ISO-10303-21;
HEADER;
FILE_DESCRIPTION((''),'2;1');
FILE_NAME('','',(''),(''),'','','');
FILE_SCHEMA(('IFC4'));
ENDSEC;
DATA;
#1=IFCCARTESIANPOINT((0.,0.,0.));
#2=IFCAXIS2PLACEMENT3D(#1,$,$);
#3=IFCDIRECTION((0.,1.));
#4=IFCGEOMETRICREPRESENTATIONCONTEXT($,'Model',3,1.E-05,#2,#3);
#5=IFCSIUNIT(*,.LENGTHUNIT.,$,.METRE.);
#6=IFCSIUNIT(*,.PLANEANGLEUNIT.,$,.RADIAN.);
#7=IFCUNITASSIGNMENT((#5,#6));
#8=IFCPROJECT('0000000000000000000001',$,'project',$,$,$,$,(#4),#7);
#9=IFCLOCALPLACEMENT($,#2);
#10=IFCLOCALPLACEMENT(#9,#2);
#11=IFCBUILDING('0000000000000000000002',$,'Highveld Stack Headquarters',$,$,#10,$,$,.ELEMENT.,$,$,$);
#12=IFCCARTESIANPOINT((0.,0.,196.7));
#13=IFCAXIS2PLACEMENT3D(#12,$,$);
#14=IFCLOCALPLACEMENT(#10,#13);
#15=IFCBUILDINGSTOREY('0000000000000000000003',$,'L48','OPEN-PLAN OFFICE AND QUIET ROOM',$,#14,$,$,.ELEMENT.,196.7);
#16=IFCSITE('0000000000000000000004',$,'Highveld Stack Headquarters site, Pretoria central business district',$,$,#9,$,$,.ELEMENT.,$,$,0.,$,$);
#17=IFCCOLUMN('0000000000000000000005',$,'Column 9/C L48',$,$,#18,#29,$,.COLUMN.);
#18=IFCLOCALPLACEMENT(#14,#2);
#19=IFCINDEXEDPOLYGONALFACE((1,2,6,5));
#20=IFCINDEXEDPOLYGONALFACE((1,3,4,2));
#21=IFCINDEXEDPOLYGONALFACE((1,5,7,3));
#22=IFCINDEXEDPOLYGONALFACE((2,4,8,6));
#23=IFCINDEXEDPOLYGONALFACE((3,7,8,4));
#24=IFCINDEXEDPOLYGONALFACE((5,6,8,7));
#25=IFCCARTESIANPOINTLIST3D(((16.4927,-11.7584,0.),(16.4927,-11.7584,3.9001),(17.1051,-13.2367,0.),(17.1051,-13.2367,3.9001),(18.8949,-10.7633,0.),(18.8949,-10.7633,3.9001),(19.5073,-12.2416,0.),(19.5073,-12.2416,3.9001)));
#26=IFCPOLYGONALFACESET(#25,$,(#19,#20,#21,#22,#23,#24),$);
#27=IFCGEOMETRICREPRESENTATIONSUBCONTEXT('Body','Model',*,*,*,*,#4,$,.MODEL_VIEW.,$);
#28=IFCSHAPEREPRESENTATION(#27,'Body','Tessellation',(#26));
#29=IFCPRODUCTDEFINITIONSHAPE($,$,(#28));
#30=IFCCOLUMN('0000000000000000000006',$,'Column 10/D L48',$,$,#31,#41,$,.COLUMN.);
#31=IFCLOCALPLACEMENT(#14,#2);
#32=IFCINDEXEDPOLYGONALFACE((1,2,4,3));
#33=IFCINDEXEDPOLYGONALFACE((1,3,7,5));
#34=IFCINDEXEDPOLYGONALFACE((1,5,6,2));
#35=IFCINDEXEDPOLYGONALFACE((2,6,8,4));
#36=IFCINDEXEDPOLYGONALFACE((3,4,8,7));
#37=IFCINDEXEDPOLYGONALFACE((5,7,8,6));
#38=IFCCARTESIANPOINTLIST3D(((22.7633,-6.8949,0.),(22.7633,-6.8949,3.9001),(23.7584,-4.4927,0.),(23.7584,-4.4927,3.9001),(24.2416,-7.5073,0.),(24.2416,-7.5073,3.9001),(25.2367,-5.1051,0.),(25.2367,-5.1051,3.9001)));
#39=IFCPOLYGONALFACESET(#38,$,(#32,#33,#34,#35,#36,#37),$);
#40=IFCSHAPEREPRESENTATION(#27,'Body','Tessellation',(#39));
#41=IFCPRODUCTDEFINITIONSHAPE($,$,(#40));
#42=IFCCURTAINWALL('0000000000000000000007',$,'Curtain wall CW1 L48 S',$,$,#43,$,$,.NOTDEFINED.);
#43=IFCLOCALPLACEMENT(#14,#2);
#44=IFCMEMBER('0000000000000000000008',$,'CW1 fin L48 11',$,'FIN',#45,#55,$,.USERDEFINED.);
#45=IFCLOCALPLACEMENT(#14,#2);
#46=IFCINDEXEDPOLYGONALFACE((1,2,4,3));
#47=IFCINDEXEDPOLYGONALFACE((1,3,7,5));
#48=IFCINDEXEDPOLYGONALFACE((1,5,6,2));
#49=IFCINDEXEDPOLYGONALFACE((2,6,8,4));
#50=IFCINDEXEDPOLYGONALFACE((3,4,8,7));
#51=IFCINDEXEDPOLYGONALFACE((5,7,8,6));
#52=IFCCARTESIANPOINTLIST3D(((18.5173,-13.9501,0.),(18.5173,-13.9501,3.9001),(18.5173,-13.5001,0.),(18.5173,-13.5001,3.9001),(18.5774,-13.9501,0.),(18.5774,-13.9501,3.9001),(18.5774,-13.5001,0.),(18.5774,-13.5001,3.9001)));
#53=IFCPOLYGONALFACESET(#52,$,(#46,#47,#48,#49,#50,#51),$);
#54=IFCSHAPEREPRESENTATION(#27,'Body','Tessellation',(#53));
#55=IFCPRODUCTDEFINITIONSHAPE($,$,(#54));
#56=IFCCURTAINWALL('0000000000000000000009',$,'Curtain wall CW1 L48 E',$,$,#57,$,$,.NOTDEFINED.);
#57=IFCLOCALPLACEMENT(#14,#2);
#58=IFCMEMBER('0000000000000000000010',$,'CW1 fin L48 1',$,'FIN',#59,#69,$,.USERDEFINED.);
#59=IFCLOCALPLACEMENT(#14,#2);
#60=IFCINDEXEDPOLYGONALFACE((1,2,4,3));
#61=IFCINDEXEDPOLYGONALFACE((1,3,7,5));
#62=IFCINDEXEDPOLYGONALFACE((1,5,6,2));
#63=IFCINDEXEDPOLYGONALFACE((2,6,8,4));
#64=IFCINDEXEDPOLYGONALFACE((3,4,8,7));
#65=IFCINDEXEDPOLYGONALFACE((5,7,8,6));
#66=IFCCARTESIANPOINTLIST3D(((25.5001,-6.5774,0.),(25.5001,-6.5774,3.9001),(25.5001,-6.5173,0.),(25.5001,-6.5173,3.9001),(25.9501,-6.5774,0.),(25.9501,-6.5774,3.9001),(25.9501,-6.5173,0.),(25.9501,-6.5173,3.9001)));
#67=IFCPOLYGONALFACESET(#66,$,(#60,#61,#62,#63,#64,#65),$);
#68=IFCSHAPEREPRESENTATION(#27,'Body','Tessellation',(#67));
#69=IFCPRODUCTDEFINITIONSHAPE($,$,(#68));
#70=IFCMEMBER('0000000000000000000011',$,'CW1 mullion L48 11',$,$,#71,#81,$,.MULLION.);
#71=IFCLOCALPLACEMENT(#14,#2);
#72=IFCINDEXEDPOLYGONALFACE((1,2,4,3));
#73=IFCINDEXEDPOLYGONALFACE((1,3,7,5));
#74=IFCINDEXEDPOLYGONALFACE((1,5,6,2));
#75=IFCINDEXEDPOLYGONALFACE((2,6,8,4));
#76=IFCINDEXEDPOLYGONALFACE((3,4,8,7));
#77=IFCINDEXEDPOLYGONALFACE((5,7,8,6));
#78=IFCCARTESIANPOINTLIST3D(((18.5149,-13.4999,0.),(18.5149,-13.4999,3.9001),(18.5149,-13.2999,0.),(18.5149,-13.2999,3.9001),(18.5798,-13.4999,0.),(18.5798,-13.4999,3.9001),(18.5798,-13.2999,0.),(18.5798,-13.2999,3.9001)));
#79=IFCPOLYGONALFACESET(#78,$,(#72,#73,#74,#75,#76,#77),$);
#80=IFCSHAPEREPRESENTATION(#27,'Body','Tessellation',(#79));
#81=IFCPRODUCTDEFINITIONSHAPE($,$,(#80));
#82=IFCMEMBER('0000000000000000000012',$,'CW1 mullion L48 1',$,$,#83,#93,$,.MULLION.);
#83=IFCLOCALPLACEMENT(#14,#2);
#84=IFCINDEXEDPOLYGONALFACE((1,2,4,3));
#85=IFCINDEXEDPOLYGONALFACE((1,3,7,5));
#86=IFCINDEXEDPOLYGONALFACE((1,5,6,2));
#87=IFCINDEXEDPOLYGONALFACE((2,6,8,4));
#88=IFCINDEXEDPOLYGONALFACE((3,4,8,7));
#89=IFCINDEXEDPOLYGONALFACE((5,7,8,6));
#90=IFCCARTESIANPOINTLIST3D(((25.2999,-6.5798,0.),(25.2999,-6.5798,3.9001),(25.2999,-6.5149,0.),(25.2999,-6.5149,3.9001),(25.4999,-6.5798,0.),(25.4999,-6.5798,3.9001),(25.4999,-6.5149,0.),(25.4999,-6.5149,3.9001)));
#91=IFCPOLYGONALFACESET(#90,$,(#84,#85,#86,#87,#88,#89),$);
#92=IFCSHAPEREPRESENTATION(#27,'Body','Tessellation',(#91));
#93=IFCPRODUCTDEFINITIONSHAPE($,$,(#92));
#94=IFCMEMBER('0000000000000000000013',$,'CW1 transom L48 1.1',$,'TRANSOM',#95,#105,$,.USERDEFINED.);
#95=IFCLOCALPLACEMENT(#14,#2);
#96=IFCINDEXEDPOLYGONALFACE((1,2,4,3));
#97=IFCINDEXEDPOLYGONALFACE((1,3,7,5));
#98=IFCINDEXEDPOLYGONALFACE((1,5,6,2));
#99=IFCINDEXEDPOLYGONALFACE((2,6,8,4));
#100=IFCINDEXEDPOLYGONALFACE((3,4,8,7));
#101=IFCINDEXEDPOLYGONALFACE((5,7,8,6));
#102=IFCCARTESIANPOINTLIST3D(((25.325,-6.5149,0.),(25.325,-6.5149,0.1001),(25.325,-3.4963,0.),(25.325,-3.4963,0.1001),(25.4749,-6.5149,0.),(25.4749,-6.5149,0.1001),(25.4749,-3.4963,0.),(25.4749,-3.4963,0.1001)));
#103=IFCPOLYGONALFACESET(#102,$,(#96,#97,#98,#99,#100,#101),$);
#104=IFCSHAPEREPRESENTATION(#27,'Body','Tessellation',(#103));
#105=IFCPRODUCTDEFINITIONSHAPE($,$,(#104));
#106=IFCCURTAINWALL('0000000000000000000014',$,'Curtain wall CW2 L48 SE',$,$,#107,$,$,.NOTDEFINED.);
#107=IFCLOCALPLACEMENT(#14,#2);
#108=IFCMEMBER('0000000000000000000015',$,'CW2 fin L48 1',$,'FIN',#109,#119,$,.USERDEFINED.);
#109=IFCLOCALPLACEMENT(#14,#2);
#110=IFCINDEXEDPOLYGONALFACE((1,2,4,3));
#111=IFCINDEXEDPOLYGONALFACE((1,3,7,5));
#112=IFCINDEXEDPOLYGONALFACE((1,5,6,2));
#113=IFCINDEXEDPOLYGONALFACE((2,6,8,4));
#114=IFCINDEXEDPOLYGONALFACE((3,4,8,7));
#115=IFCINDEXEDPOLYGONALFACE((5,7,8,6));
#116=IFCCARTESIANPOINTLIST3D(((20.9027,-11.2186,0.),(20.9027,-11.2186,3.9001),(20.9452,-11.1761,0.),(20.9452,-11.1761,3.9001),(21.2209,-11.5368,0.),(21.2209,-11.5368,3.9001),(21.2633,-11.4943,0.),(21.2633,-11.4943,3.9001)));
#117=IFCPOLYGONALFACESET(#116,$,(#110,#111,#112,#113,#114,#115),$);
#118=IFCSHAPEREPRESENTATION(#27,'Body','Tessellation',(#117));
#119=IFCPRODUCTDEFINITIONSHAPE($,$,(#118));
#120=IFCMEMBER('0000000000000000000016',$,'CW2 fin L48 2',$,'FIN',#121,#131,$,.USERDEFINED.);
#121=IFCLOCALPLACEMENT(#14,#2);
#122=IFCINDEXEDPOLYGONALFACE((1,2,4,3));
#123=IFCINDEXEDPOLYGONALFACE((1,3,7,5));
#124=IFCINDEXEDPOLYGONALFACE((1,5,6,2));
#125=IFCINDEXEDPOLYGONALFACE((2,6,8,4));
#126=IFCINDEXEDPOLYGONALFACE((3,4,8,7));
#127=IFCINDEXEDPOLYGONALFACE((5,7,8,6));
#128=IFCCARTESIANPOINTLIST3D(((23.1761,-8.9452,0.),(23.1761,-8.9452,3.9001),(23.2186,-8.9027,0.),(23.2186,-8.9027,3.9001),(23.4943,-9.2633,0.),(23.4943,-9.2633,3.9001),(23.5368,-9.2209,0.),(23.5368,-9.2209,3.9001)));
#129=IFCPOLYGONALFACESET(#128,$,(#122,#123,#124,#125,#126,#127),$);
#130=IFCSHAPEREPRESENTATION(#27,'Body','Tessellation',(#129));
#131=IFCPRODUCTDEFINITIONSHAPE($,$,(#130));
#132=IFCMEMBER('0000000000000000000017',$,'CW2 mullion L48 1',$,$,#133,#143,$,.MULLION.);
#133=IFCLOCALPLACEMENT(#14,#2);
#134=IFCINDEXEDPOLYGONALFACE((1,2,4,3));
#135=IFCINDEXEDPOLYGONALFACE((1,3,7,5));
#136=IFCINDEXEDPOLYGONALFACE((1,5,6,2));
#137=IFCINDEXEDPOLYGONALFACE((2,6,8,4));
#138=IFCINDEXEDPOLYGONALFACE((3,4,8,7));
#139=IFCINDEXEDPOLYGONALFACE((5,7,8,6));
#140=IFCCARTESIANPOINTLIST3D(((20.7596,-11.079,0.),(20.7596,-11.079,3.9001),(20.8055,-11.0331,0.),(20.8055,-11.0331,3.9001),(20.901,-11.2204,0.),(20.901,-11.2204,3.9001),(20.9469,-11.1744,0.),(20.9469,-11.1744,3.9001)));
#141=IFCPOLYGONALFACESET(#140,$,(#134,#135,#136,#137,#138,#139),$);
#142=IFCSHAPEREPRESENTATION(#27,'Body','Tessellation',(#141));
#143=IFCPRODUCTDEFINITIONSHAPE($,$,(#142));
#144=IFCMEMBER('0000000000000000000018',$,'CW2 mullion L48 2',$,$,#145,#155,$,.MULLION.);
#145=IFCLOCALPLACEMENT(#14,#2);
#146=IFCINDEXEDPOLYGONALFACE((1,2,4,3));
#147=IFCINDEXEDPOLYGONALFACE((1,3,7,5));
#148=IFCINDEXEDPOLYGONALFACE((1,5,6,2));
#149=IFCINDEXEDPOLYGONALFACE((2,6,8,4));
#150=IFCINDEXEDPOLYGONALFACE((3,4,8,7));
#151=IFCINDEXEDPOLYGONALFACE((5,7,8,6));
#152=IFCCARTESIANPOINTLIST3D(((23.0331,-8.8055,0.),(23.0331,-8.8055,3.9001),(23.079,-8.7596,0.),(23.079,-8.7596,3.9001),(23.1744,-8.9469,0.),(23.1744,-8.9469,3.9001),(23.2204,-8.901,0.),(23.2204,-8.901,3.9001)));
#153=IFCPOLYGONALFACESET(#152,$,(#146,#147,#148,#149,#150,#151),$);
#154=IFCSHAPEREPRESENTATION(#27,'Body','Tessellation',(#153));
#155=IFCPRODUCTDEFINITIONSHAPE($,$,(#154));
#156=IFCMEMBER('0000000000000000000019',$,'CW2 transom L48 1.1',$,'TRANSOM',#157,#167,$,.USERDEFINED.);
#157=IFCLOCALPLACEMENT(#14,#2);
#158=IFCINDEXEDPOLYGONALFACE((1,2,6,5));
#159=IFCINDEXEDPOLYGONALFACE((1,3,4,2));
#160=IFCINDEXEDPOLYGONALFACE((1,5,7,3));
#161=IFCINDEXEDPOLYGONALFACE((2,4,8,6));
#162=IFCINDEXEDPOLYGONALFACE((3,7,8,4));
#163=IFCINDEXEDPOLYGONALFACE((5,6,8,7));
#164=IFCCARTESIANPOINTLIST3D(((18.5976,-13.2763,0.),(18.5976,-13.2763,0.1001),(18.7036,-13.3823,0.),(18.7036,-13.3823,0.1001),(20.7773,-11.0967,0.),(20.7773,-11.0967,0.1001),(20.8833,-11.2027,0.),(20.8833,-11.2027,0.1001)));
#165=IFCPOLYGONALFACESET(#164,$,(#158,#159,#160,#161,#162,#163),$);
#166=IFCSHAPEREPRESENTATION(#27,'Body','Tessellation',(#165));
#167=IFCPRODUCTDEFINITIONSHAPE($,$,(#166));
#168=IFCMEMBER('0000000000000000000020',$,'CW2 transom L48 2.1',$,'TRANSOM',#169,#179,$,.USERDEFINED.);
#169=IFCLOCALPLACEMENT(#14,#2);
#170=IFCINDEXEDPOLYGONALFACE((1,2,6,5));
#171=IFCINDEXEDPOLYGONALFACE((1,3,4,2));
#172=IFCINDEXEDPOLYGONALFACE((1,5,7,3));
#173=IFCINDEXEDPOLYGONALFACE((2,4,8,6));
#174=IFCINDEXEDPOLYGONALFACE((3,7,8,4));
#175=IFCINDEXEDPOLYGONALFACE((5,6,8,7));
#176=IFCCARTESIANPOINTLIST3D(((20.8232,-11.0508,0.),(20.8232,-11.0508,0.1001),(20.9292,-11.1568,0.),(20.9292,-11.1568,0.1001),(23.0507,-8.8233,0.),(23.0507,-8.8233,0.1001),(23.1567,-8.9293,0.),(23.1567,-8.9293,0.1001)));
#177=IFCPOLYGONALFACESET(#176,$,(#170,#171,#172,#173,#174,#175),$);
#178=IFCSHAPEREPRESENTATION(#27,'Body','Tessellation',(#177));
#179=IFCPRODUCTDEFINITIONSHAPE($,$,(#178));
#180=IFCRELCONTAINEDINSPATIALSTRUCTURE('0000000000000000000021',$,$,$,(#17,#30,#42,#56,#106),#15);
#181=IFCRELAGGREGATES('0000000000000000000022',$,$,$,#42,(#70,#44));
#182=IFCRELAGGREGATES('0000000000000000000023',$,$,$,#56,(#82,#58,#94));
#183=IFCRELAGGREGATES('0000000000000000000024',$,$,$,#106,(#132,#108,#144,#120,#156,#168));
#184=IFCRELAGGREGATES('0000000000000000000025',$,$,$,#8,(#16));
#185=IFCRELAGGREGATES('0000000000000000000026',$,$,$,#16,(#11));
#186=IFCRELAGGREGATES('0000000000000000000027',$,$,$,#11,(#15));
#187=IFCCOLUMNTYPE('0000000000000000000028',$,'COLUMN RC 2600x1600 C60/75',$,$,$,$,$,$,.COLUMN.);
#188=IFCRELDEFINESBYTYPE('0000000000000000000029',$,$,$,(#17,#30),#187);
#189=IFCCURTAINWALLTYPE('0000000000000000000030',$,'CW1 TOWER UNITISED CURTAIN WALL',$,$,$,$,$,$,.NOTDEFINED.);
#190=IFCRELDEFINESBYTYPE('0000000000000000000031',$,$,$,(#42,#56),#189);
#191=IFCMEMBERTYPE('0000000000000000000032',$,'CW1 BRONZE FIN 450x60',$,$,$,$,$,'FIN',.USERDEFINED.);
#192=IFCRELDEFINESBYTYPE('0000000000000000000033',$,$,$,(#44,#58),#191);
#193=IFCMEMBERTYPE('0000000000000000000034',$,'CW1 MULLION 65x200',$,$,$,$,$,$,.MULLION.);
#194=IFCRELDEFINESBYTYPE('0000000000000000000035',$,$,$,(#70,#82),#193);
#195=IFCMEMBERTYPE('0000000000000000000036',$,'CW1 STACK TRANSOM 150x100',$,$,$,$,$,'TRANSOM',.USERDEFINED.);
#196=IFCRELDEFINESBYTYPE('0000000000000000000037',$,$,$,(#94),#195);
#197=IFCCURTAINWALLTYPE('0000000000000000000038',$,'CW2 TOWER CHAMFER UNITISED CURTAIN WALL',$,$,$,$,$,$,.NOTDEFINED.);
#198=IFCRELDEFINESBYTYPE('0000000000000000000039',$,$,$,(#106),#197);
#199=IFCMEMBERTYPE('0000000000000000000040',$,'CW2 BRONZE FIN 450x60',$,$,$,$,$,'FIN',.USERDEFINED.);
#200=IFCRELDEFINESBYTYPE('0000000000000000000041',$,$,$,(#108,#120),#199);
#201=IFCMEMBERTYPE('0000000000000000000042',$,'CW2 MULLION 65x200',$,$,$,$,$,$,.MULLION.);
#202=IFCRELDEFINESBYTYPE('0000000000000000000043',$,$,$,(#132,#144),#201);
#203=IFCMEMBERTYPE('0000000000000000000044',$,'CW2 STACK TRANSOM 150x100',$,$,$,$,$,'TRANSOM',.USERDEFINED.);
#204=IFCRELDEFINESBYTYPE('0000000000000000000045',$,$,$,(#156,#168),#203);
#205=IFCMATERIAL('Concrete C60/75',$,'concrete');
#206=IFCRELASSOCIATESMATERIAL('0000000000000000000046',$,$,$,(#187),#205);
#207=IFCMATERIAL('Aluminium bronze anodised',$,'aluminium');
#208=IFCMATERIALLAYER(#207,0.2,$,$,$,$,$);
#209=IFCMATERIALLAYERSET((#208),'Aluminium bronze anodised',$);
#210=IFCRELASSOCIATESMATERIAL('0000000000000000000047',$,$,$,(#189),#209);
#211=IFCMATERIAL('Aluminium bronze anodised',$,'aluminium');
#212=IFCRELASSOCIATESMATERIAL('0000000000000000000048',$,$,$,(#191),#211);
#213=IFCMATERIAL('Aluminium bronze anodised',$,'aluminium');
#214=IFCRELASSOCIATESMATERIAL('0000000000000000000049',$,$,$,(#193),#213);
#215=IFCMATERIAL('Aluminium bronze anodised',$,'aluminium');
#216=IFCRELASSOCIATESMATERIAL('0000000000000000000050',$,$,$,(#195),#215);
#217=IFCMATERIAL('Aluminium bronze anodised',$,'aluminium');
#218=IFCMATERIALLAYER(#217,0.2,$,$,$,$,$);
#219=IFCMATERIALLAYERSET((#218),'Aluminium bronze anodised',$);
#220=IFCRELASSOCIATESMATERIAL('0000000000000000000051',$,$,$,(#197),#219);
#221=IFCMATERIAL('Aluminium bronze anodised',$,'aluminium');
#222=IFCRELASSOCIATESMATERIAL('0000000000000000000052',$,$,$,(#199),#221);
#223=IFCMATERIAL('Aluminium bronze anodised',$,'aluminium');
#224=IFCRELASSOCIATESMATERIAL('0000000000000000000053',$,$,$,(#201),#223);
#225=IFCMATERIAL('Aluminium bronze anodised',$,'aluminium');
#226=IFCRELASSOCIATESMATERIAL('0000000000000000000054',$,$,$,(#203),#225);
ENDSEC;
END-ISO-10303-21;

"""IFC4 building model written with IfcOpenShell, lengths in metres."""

from ifc_helpers import new_model, si_unit, direction, frame, origin, origin_2d, place, context, subcontext, project, spatial, rectangle, extrude, material, layer, layer_set, material_profile, profile_set, type_object, element, aggregate, save


model = new_model("IFC4")

# Units and contexts
model_context = context("Model", 3, precision=1e-05, world=origin(), true_north=direction((0.0, 1.0)))
body_context = subcontext(model_context, "Body", "Model", "MODEL_VIEW")
ifc_project = project(units=[si_unit("LENGTHUNIT", "METRE"), si_unit("PLANEANGLEUNIT", "RADIAN")], contexts=[model_context])

# Site, building, storey
site_placement = place(None, origin())
site = spatial("IfcSite", under=ifc_project, at=site_placement, Name="Highveld Stack Headquarters site, Pretoria central business district", CompositionType="ELEMENT", RefElevation=0.0)
building_placement = place(site_placement, origin())
building = spatial("IfcBuilding", under=site, at=building_placement, Name="Highveld Stack Headquarters", CompositionType="ELEMENT")
storey_placement = place(building_placement, frame((0.0, 0.0, 196.7)))
storey = spatial("IfcBuildingStorey", under=building, at=storey_placement, Name="L48", Description="OPEN-PLAN OFFICE AND QUIET ROOM", CompositionType="ELEMENT", Elevation=196.7)

# Columns
ifc_material_1 = material(Name="Concrete C60/75", Category="concrete")
ifc_material_profile_1 = material_profile(ifc_material_1, rectangle(XDim=2.6001, YDim=1.6001, at=origin_2d()), Name="RC 2600x1600")
ifc_profile_set_1 = profile_set([ifc_material_profile_1], Name="Concrete C60/75")
column_type = type_object("IfcColumnType", Name="COLUMN RC 2600x1600 C60/75", PredefinedType="COLUMN", material=ifc_profile_set_1)
for number, where, z_axis, x_axis, name in (
    (1, (18.0, -12.0, 0.0), (0.0, 0.0, 1.0), (-0.92388, -0.382683, 0.0), "Column 9/C L48"),
    (2, (24.0, -6.0, 0.0), (0.0, 0.0, 1.0), (-0.382683, -0.92388, 0.0), "Column 10/D L48"),
):
    element("IfcColumn", number, at=place(storey_placement, frame(where, z_axis=z_axis, x_axis=x_axis)), inside=storey, type_object=column_type, Name=name, PredefinedType="COLUMN", context=body_context, shape_type="SweptSolid", body=[
        extrude(rectangle(XDim=2.6001, YDim=1.6001, at=origin_2d()), origin(), (0.0, 0.0, 1.0), 3.9001),
    ])

# Curtain walls, members
ifc_material_2 = material(Name="Aluminium bronze anodised", Category="aluminium")
ifc_layer_1 = layer(ifc_material_2, 0.2)
ifc_layer_set_1 = layer_set([ifc_layer_1], Name="Aluminium bronze anodised")
curtain_wall_type_1 = type_object("IfcCurtainWallType", Name="CW1 TOWER UNITISED CURTAIN WALL", PredefinedType="NOTDEFINED", material=ifc_layer_set_1)
curtain_wall_1_placement = place(storey_placement, origin())
curtain_wall_1 = element("IfcCurtainWall", 3, at=curtain_wall_1_placement, inside=storey, type_object=curtain_wall_type_1, Name="Curtain wall CW1 L48 S", PredefinedType="NOTDEFINED")
ifc_material_3 = material(Name="Aluminium bronze anodised", Category="aluminium")
ifc_material_profile_2 = material_profile(ifc_material_3, rectangle(XDim=0.45, YDim=0.0601, at=origin_2d()), Name="FIN 450x60")
ifc_profile_set_2 = profile_set([ifc_material_profile_2], Name="Aluminium bronze anodised")
member_type_1 = type_object("IfcMemberType", Name="CW1 BRONZE FIN 450x60", ElementType="FIN", PredefinedType="USERDEFINED", material=ifc_profile_set_2)
member_1_placement = place(storey_placement, frame((18.5474, -13.7251, 0.0), z_axis=(0.0, 0.0, 1.0), x_axis=(0.0, 1.0, 0.0)))
member_1 = element("IfcMember", 4, at=member_1_placement, type_object=member_type_1, Name="CW1 fin L48 11", ObjectType="FIN", PredefinedType="USERDEFINED", context=body_context, shape_type="SweptSolid", body=[
    extrude(rectangle(XDim=0.45, YDim=0.0601, at=origin_2d()), origin(), (0.0, 0.0, 1.0), 3.9001),
])
curtain_wall_2_placement = place(storey_placement, origin())
curtain_wall_2 = element("IfcCurtainWall", 5, at=curtain_wall_2_placement, inside=storey, type_object=curtain_wall_type_1, Name="Curtain wall CW1 L48 E", PredefinedType="NOTDEFINED")
member_2_placement = place(storey_placement, frame((25.7251, -6.5474, 0.0), z_axis=(0.0, 0.0, 1.0), x_axis=(-1.0, 0.0, 0.0)))
member_2 = element("IfcMember", 6, at=member_2_placement, type_object=member_type_1, Name="CW1 fin L48 1", ObjectType="FIN", PredefinedType="USERDEFINED", context=body_context, shape_type="SweptSolid", body=[
    extrude(rectangle(XDim=0.45, YDim=0.0601, at=origin_2d()), origin(), (0.0, 0.0, 1.0), 3.9001),
])

# Members
ifc_material_4 = material(Name="Aluminium bronze anodised", Category="aluminium")
ifc_material_profile_3 = material_profile(ifc_material_4, rectangle(XDim=0.2, YDim=0.0649, at=origin_2d()), Name="CW1 MULLION 65x200")
ifc_profile_set_3 = profile_set([ifc_material_profile_3], Name="Aluminium bronze anodised")
member_type_2 = type_object("IfcMemberType", Name="CW1 MULLION 65x200", PredefinedType="MULLION", material=ifc_profile_set_3)
member_3_placement = place(storey_placement, frame((18.5474, -13.3999, 0.0), z_axis=(0.0, 0.0, 1.0), x_axis=(0.0, 1.0, 0.0)))
member_3 = element("IfcMember", 7, at=member_3_placement, type_object=member_type_2, Name="CW1 mullion L48 11", PredefinedType="MULLION", context=body_context, shape_type="SweptSolid", body=[
    extrude(rectangle(XDim=0.2, YDim=0.0649, at=origin_2d()), origin(), (0.0, 0.0, 1.0), 3.9001),
])
member_4_placement = place(storey_placement, frame((25.3999, -6.5474, 0.0), z_axis=(0.0, 0.0, 1.0), x_axis=(-1.0, 0.0, 0.0)))
member_4 = element("IfcMember", 8, at=member_4_placement, type_object=member_type_2, Name="CW1 mullion L48 1", PredefinedType="MULLION", context=body_context, shape_type="SweptSolid", body=[
    extrude(rectangle(XDim=0.2, YDim=0.0649, at=origin_2d()), origin(), (0.0, 0.0, 1.0), 3.9001),
])
ifc_material_5 = material(Name="Aluminium bronze anodised", Category="aluminium")
ifc_material_profile_4 = material_profile(ifc_material_5, rectangle(XDim=0.1499, YDim=0.1001, at=origin_2d()), Name="CW1 TRANSOM 150x100")
ifc_profile_set_4 = profile_set([ifc_material_profile_4], Name="Aluminium bronze anodised")
member_type_3 = type_object("IfcMemberType", Name="CW1 STACK TRANSOM 150x100", ElementType="TRANSOM", PredefinedType="USERDEFINED", material=ifc_profile_set_4)
member_5_placement = place(storey_placement, frame((25.3999, -6.5149, 0.05), z_axis=(0.0, 1.0, 0.0), x_axis=(-1.0, 0.0, 0.0)))
member_5 = element("IfcMember", 9, at=member_5_placement, type_object=member_type_3, Name="CW1 transom L48 1.1", ObjectType="TRANSOM", PredefinedType="USERDEFINED", context=body_context, shape_type="SweptSolid", body=[
    extrude(rectangle(XDim=0.1499, YDim=0.1001, at=origin_2d()), origin(), (0.0, 0.0, 1.0), 3.0186),
])

# Curtain wall, members
ifc_material_6 = material(Name="Aluminium bronze anodised", Category="aluminium")
ifc_layer_2 = layer(ifc_material_6, 0.2)
ifc_layer_set_2 = layer_set([ifc_layer_2], Name="Aluminium bronze anodised")
curtain_wall_type_2 = type_object("IfcCurtainWallType", Name="CW2 TOWER CHAMFER UNITISED CURTAIN WALL", PredefinedType="NOTDEFINED", material=ifc_layer_set_2)
curtain_wall_3_placement = place(storey_placement, origin())
curtain_wall_3 = element("IfcCurtainWall", 10, at=curtain_wall_3_placement, inside=storey, type_object=curtain_wall_type_2, Name="Curtain wall CW2 L48 SE", PredefinedType="NOTDEFINED")
ifc_material_7 = material(Name="Aluminium bronze anodised", Category="aluminium")
ifc_material_profile_5 = material_profile(ifc_material_7, rectangle(XDim=0.45, YDim=0.0601, at=origin_2d()), Name="FIN 450x60")
ifc_profile_set_5 = profile_set([ifc_material_profile_5], Name="Aluminium bronze anodised")
member_type_4 = type_object("IfcMemberType", Name="CW2 BRONZE FIN 450x60", ElementType="FIN", PredefinedType="USERDEFINED", material=ifc_profile_set_5)
member_6_placement = place(storey_placement, frame((21.083, -11.3564, 0.0), z_axis=(0.0, 0.0, 1.0), x_axis=(-0.707107, 0.707107, 0.0)))
member_6 = element("IfcMember", 11, at=member_6_placement, type_object=member_type_4, Name="CW2 fin L48 1", ObjectType="FIN", PredefinedType="USERDEFINED", context=body_context, shape_type="SweptSolid", body=[
    extrude(rectangle(XDim=0.45, YDim=0.0601, at=origin_2d()), origin(), (0.0, 0.0, 1.0), 3.9001),
])
member_7_placement = place(storey_placement, frame((23.3564, -9.083, 0.0), z_axis=(0.0, 0.0, 1.0), x_axis=(-0.707107, 0.707107, 0.0)))
member_7 = element("IfcMember", 12, at=member_7_placement, type_object=member_type_4, Name="CW2 fin L48 2", ObjectType="FIN", PredefinedType="USERDEFINED", context=body_context, shape_type="SweptSolid", body=[
    extrude(rectangle(XDim=0.45, YDim=0.0601, at=origin_2d()), origin(), (0.0, 0.0, 1.0), 3.9001),
])
ifc_material_8 = material(Name="Aluminium bronze anodised", Category="aluminium")
ifc_material_profile_6 = material_profile(ifc_material_8, rectangle(XDim=0.2, YDim=0.0649, at=origin_2d()), Name="CW2 MULLION 65x200")
ifc_profile_set_6 = profile_set([ifc_material_profile_6], Name="Aluminium bronze anodised")
member_type_5 = type_object("IfcMemberType", Name="CW2 MULLION 65x200", PredefinedType="MULLION", material=ifc_profile_set_6)
member_8_placement = place(storey_placement, frame((20.8533, -11.1267, 0.0), z_axis=(0.0, 0.0, 1.0), x_axis=(-0.707107, 0.707107, 0.0)))
member_8 = element("IfcMember", 13, at=member_8_placement, type_object=member_type_5, Name="CW2 mullion L48 1", PredefinedType="MULLION", context=body_context, shape_type="SweptSolid", body=[
    extrude(rectangle(XDim=0.2, YDim=0.0649, at=origin_2d()), origin(), (0.0, 0.0, 1.0), 3.9001),
])
member_9_placement = place(storey_placement, frame((23.1267, -8.8533, 0.0), z_axis=(0.0, 0.0, 1.0), x_axis=(-0.707107, 0.707107, 0.0)))
member_9 = element("IfcMember", 14, at=member_9_placement, type_object=member_type_5, Name="CW2 mullion L48 2", PredefinedType="MULLION", context=body_context, shape_type="SweptSolid", body=[
    extrude(rectangle(XDim=0.2, YDim=0.0649, at=origin_2d()), origin(), (0.0, 0.0, 1.0), 3.9001),
])
ifc_material_9 = material(Name="Aluminium bronze anodised", Category="aluminium")
ifc_material_profile_7 = material_profile(ifc_material_9, rectangle(XDim=0.1499, YDim=0.1001, at=origin_2d()), Name="CW2 TRANSOM 150x100")
ifc_profile_set_7 = profile_set([ifc_material_profile_7], Name="Aluminium bronze anodised")
member_type_6 = type_object("IfcMemberType", Name="CW2 STACK TRANSOM 150x100", ElementType="TRANSOM", PredefinedType="USERDEFINED", material=ifc_profile_set_7)
member_10_placement = place(storey_placement, frame((18.6506, -13.3293, 0.05), z_axis=(0.707107, 0.707107, 0.0), x_axis=(-0.707107, 0.707107, 0.0)))
member_10 = element("IfcMember", 15, at=member_10_placement, type_object=member_type_6, Name="CW2 transom L48 1.1", ObjectType="TRANSOM", PredefinedType="USERDEFINED", context=body_context, shape_type="SweptSolid", body=[
    extrude(rectangle(XDim=0.1499, YDim=0.1001, at=origin_2d()), origin(), (0.0, 0.0, 1.0), 3.0825),
])
member_11_placement = place(storey_placement, frame((20.8762, -11.1038, 0.05), z_axis=(0.707107, 0.707107, 0.0), x_axis=(-0.707107, 0.707107, 0.0)))
member_11 = element("IfcMember", 16, at=member_11_placement, type_object=member_type_6, Name="CW2 transom L48 2.1", ObjectType="TRANSOM", PredefinedType="USERDEFINED", context=body_context, shape_type="SweptSolid", body=[
    extrude(rectangle(XDim=0.1499, YDim=0.1001, at=origin_2d()), origin(), (0.0, 0.0, 1.0), 3.1501),
])

aggregate(curtain_wall_1, [member_3, member_1])
aggregate(curtain_wall_2, [member_4, member_2, member_5])
aggregate(curtain_wall_3, [member_8, member_6, member_9, member_7, member_10, member_11])

save(model, "model.ifc")
